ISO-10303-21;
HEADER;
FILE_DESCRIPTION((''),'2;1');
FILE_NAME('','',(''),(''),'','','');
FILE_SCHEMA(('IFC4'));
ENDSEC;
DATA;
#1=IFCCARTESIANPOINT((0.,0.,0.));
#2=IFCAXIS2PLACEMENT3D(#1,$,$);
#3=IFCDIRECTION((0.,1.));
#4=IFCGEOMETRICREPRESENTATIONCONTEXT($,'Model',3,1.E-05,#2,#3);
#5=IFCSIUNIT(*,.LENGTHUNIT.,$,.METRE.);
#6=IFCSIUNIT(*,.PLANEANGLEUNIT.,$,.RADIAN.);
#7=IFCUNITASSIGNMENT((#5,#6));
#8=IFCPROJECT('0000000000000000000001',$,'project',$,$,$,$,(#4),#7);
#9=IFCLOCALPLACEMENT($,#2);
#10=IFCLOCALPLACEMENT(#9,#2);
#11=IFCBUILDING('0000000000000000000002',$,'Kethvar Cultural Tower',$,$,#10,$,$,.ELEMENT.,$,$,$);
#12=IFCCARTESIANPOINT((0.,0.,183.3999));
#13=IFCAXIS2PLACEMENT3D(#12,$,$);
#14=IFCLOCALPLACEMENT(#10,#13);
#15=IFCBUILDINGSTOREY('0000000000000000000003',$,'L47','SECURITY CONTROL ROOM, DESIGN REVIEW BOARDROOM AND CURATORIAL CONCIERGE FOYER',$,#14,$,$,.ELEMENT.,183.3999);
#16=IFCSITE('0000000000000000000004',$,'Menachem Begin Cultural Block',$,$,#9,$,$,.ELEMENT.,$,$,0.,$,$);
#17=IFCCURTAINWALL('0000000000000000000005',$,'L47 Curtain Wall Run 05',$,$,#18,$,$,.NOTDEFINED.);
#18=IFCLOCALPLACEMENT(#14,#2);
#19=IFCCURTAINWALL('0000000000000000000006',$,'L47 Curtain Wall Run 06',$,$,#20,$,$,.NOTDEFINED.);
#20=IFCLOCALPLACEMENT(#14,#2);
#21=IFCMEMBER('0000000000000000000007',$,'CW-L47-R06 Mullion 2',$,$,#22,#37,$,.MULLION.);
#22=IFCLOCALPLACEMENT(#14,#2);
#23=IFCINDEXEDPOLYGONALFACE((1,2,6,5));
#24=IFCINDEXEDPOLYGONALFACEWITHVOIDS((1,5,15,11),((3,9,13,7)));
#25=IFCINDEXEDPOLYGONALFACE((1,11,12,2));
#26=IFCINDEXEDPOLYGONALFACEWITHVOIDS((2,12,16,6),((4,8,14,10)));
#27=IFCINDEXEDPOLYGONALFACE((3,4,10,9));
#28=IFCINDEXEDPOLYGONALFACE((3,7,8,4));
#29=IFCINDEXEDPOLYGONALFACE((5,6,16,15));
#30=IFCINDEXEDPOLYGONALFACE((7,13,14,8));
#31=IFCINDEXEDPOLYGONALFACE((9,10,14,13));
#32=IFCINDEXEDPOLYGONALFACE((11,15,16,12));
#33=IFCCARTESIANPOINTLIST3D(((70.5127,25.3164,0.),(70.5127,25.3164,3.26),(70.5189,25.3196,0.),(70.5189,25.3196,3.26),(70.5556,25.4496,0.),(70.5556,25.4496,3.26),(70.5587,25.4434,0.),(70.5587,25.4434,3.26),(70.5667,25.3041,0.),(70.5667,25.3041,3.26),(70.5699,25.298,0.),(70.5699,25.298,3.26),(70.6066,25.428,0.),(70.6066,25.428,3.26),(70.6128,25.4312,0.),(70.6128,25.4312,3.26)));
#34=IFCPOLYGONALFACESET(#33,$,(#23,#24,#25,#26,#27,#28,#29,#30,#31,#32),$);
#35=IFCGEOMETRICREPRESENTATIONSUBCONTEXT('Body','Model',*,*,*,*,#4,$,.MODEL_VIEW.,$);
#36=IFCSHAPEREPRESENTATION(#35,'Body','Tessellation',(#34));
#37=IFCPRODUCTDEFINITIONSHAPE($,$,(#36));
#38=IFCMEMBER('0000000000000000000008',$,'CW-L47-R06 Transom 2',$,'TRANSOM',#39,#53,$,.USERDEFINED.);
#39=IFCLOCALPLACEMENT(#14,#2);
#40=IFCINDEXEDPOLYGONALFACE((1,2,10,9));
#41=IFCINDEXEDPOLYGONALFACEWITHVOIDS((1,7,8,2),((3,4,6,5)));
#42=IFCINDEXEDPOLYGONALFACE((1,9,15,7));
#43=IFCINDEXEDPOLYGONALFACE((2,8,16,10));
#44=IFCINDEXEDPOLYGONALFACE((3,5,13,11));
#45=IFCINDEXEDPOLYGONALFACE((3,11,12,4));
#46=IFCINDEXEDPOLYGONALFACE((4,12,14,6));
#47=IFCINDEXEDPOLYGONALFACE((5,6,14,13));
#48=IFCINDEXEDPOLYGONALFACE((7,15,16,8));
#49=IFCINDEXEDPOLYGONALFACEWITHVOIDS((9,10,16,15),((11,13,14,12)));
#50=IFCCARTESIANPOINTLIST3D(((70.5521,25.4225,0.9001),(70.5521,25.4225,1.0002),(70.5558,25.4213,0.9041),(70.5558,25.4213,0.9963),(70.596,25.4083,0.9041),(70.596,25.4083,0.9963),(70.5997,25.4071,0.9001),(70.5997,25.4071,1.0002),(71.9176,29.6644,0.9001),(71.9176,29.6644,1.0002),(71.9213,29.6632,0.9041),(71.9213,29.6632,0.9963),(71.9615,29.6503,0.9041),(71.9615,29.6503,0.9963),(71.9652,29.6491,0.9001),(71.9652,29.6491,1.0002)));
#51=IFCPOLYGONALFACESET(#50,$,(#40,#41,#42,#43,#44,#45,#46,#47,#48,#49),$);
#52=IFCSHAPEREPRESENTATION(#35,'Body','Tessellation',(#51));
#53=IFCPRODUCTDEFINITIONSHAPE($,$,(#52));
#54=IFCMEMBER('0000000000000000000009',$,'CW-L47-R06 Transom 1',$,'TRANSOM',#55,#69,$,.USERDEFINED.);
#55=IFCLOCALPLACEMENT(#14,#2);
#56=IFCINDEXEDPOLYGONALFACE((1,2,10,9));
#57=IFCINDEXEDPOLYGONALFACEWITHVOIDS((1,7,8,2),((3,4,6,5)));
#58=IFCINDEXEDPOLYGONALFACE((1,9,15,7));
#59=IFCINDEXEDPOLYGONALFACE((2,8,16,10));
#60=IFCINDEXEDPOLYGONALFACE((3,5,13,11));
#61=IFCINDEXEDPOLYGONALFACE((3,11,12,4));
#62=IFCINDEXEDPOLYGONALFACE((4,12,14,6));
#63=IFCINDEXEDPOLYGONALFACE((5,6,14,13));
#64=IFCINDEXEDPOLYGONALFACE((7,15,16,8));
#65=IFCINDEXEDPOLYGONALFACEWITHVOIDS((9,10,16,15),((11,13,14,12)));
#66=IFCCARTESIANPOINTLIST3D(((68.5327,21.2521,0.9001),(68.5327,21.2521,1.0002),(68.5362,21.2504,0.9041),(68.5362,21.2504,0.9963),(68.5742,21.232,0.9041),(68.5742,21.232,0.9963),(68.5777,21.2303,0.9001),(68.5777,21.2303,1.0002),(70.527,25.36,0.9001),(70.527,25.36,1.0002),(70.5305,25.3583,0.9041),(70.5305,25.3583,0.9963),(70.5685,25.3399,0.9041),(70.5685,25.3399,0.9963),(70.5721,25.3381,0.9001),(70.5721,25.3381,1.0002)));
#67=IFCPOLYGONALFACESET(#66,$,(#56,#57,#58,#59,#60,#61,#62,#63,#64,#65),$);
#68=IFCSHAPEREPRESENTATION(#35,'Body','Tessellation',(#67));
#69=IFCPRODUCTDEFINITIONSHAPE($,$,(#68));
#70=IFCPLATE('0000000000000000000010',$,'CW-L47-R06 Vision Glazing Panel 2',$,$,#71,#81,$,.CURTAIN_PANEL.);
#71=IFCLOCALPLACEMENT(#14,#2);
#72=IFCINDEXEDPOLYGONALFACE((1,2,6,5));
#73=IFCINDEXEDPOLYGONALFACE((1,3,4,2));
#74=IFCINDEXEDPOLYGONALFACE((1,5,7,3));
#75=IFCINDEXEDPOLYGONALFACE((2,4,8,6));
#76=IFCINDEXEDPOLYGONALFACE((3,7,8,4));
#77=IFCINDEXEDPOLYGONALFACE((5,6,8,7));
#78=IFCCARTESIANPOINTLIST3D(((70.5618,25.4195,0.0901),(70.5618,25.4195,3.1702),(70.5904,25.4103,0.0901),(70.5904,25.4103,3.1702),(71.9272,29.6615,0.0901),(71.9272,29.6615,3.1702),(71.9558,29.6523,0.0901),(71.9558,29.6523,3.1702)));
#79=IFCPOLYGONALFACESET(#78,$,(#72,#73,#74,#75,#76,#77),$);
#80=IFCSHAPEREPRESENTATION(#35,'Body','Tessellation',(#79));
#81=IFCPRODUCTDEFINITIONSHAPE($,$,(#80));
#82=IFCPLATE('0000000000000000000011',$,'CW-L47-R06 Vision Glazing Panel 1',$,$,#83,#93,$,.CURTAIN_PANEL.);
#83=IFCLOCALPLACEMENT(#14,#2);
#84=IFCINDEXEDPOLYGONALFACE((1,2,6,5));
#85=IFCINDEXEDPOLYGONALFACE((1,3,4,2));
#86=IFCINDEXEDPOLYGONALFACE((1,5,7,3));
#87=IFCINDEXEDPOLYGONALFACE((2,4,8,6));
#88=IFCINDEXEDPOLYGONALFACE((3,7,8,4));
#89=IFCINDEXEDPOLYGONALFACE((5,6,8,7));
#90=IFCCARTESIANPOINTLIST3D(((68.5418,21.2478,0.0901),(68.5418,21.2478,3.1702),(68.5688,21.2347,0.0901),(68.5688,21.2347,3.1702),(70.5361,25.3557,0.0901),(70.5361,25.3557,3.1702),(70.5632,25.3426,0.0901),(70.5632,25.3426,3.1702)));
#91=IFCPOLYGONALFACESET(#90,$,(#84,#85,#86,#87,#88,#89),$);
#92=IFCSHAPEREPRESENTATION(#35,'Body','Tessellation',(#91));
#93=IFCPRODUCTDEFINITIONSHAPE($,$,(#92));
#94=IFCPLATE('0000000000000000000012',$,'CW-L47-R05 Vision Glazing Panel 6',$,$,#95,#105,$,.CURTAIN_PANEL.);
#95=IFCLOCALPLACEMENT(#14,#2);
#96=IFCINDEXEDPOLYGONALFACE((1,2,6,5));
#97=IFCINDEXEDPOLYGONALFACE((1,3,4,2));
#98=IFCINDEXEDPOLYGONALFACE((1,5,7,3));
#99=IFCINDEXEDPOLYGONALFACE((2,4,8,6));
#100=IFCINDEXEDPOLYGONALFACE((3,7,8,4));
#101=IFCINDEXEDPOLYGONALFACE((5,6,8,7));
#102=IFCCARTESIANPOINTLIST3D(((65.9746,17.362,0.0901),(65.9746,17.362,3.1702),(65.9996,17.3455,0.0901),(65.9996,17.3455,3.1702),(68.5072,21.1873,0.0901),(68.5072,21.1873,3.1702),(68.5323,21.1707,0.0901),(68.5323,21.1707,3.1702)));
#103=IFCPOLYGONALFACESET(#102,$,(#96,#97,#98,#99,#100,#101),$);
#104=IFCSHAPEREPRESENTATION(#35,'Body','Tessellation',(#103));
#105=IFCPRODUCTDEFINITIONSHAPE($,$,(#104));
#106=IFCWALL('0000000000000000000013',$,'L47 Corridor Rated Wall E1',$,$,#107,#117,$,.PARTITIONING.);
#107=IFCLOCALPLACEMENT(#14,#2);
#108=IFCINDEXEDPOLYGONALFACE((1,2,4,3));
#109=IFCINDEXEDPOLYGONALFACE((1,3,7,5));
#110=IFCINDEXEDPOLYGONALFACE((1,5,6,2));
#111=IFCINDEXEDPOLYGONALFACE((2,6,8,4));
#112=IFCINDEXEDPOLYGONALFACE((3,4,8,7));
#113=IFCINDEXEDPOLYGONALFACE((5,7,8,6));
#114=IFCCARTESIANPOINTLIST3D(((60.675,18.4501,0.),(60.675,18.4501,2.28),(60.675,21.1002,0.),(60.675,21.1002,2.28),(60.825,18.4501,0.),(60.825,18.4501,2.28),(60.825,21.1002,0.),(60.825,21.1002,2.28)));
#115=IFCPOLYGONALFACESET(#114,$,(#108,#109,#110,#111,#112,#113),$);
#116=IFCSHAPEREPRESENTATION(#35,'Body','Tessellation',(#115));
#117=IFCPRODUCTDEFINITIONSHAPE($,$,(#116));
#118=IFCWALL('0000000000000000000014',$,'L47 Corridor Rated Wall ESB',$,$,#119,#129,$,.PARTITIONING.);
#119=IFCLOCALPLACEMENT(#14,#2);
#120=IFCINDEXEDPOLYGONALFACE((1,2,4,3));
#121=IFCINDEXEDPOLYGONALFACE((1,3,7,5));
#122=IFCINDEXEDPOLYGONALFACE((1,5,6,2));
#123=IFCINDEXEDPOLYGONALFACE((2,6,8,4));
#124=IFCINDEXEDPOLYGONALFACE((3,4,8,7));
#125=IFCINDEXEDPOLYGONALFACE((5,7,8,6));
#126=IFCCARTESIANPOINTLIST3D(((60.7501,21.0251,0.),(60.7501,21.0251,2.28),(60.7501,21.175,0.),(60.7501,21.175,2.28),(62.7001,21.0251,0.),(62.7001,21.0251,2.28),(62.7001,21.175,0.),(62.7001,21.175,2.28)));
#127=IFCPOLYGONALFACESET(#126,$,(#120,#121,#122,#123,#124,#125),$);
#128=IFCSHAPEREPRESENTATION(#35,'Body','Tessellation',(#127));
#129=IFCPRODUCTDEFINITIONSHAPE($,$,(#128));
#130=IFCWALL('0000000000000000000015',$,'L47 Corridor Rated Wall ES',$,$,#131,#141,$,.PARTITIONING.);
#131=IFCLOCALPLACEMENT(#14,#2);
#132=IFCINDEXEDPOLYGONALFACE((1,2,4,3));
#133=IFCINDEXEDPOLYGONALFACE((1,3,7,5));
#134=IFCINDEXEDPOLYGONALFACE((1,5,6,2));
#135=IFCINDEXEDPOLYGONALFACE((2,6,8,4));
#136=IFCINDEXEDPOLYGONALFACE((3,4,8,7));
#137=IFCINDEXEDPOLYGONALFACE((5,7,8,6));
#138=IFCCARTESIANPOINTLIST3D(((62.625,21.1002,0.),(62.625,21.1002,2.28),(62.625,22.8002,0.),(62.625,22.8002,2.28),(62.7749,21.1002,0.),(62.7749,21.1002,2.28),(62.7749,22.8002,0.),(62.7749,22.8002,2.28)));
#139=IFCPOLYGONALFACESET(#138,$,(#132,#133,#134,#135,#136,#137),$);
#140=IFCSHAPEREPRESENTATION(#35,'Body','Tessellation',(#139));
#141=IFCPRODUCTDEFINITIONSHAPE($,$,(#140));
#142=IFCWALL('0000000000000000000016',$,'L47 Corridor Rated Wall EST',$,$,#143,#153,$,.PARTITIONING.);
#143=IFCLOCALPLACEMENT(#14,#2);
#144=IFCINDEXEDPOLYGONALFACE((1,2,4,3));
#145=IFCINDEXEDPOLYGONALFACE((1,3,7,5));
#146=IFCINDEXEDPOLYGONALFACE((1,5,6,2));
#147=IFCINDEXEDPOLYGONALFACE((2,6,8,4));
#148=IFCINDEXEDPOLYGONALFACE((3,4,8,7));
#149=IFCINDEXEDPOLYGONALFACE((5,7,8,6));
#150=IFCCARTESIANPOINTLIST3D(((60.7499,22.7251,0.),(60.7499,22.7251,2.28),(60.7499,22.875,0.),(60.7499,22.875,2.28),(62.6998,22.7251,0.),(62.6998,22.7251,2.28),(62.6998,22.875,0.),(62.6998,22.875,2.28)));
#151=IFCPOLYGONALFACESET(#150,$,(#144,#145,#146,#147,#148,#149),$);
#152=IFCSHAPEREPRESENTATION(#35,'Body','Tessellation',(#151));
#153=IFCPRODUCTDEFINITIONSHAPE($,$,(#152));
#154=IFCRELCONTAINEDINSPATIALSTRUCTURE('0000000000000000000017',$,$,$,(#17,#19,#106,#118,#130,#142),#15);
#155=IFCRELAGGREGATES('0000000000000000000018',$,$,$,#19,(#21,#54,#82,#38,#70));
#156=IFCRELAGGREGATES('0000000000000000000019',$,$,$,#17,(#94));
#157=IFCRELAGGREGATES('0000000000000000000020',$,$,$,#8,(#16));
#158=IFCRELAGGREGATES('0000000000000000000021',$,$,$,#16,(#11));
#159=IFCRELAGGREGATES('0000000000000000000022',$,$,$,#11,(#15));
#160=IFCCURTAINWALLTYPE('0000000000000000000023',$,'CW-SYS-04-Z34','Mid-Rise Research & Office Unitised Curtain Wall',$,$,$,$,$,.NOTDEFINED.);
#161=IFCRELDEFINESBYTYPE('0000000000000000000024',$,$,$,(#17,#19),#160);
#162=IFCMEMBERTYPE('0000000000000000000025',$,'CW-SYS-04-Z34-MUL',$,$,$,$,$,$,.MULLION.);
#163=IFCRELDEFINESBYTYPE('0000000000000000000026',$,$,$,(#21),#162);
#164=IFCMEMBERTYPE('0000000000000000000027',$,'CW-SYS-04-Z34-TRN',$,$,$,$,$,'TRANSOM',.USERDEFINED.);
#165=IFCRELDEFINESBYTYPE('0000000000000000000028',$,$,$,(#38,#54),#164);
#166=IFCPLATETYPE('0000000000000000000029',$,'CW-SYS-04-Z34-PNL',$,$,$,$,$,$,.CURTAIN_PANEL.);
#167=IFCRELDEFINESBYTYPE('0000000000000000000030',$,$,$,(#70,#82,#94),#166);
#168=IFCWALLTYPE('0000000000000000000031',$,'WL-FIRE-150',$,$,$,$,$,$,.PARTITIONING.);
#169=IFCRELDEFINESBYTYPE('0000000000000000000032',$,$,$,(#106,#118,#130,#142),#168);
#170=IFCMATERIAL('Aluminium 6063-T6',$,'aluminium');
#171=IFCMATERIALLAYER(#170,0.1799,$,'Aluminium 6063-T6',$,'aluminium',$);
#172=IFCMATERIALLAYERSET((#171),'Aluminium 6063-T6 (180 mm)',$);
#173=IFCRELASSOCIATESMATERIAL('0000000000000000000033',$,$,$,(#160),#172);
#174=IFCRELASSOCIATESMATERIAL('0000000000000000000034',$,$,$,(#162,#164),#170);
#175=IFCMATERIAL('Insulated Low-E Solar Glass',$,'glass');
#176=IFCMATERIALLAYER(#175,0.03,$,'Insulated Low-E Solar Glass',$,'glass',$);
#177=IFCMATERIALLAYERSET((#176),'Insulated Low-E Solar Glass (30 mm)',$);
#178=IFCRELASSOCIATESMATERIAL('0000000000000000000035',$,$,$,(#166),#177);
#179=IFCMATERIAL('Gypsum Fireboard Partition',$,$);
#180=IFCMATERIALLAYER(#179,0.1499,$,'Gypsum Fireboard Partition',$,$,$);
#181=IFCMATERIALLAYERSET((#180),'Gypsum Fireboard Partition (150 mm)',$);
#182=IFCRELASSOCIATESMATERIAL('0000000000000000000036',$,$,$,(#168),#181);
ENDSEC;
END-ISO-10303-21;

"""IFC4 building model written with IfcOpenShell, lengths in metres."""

from ifc_helpers import new_model, si_unit, direction, frame, frame_2d, origin, origin_2d, place, context, subcontext, project, spatial, rectangle, hollow_rectangle, extrude, source, transform, mapped, material, layer, layer_set, material_profile, profile_set, type_object, element, aggregate, save


model = new_model("IFC4")

# Units and contexts
model_context = context("Model", 3, precision=1e-05, world=origin(), true_north=direction((0.0, 1.0)))
body_context = subcontext(model_context, "Body", "Model", "MODEL_VIEW")
ifc_project = project(units=[si_unit("LENGTHUNIT", "METRE"), si_unit("PLANEANGLEUNIT", "RADIAN")], contexts=[model_context])

# Site, building, storey
site_placement = place(None, origin())
site = spatial("IfcSite", under=ifc_project, at=site_placement, Name="Menachem Begin Cultural Block", CompositionType="ELEMENT", RefElevation=0.0)
building_placement = place(site_placement, origin())
building = spatial("IfcBuilding", under=site, at=building_placement, Name="Kethvar Cultural Tower", CompositionType="ELEMENT")
storey_placement = place(building_placement, frame((0.0, 0.0, 183.3999)))
storey = spatial("IfcBuildingStorey", under=building, at=storey_placement, Name="L47", Description="SECURITY CONTROL ROOM, DESIGN REVIEW BOARDROOM AND CURATORIAL CONCIERGE FOYER", CompositionType="ELEMENT", Elevation=183.3999)

# Curtain wall
ifc_material_1 = material(Name="Aluminium 6063-T6", Category="aluminium")
ifc_layer_1 = layer(ifc_material_1, 0.1799, Name="Aluminium 6063-T6", Category="aluminium")
ifc_layer_set_1 = layer_set([ifc_layer_1], Name="Aluminium 6063-T6 (180 mm)")
curtain_wall_type = type_object("IfcCurtainWallType", Name="CW-SYS-04-Z34", Description="Mid-Rise Research & Office Unitised Curtain Wall", PredefinedType="NOTDEFINED", material=ifc_layer_set_1)
curtain_wall_1_placement = place(storey_placement, origin())
curtain_wall_1 = element("IfcCurtainWall", 1, at=curtain_wall_1_placement, inside=storey, type_object=curtain_wall_type, Name="L47 Curtain Wall Run 05", PredefinedType="NOTDEFINED")
ifc_material_profile_1 = material_profile(ifc_material_1, hollow_rectangle(XDim=0.0601, YDim=0.1399, WallThickness=0.0049, at=origin_2d()), Name="Aluminium 6063-T6 — RHS140x60x5")
ifc_profile_set_1 = profile_set([ifc_material_profile_1], Name="Aluminium 6063-T6 — RHS140x60x5")
member_type_1 = type_object("IfcMemberType", Name="CW-SYS-04-Z34-MUL", PredefinedType="MULLION", material=ifc_profile_set_1)
shared_shape_1 = source(origin(), body_context, "Body", "SweptSolid", [
    extrude(hollow_rectangle(XDim=0.0601, YDim=0.1399, WallThickness=0.0049, at=origin_2d()), origin(), (0.0, 0.0, 1.0), 3.26),
])

# Curtain wall, members, plates
curtain_wall_2_placement = place(storey_placement, origin())
curtain_wall_2 = element("IfcCurtainWall", 2, at=curtain_wall_2_placement, inside=storey, type_object=curtain_wall_type, Name="L47 Curtain Wall Run 06", PredefinedType="NOTDEFINED")
member_1_placement = place(storey_placement, frame((70.5627, 25.3738, 0.0), z_axis=(0.0, 0.0, 1.0), x_axis=(-0.9519, 0.30641, 0.0)))
member_1 = element("IfcMember", 3, at=member_1_placement, type_object=member_type_1, Name="CW-L47-R06 Mullion 2", PredefinedType="MULLION", context=body_context, shape_type="MappedRepresentation", body=[
    mapped(shared_shape_1, transform((0.0, 0.0, 0.0), scale=1.0)),
])
ifc_material_profile_2 = material_profile(ifc_material_1, hollow_rectangle(XDim=0.05, YDim=0.1001, WallThickness=0.0039, at=origin_2d()), Name="Aluminium 6063-T6 — RHS100x50x4")
ifc_profile_set_2 = profile_set([ifc_material_profile_2], Name="Aluminium 6063-T6 — RHS100x50x4")
member_type_2 = type_object("IfcMemberType", Name="CW-SYS-04-Z34-TRN", ElementType="TRANSOM", PredefinedType="USERDEFINED", material=ifc_profile_set_2)
shared_shape_2 = source(origin(), body_context, "Body", "SweptSolid", [
    extrude(hollow_rectangle(XDim=0.05, YDim=0.1001, WallThickness=0.0039, at=origin_2d()), origin(), (0.0, 0.0, 1.0), 4.4563),
])
member_2_placement = place(storey_placement, frame((70.5759, 25.4148, 0.9502), z_axis=(0.306415, 0.951898, 0.0), x_axis=(-0.951898, 0.306415, 0.0)))
member_2 = element("IfcMember", 4, at=member_2_placement, type_object=member_type_2, Name="CW-L47-R06 Transom 2", ObjectType="TRANSOM", PredefinedType="USERDEFINED", context=body_context, shape_type="MappedRepresentation", body=[
    mapped(shared_shape_2, transform((0.0, 0.0, 0.0), scale=1.0)),
])
shared_shape_3 = source(origin(), body_context, "Body", "SweptSolid", [
    extrude(hollow_rectangle(XDim=0.05, YDim=0.1001, WallThickness=0.0039, at=origin_2d()), origin(), (0.0, 0.0, 1.0), 4.5664),
])
member_3_placement = place(storey_placement, frame((68.5552, 21.2412, 0.9502), z_axis=(0.436747, 0.899584, 0.0), x_axis=(-0.899584, 0.436747, 0.0)))
member_3 = element("IfcMember", 5, at=member_3_placement, type_object=member_type_2, Name="CW-L47-R06 Transom 1", ObjectType="TRANSOM", PredefinedType="USERDEFINED", context=body_context, shape_type="MappedRepresentation", body=[
    mapped(shared_shape_3, transform((0.0, 0.0, 0.0), scale=1.0)),
])
ifc_material_2 = material(Name="Insulated Low-E Solar Glass", Category="glass")
ifc_layer_2 = layer(ifc_material_2, 0.03, Name="Insulated Low-E Solar Glass", Category="glass")
ifc_layer_set_2 = layer_set([ifc_layer_2], Name="Insulated Low-E Solar Glass (30 mm)")
plate_type = type_object("IfcPlateType", Name="CW-SYS-04-Z34-PNL", PredefinedType="CURTAIN_PANEL", material=ifc_layer_set_2)
shared_shape_4 = source(origin(), body_context, "Body", "SweptSolid", [
    extrude(rectangle(XDim=4.4563, YDim=0.03, at=origin_2d()), origin(), (0.0, 0.0, 1.0), 3.0801),
])
plate_1_placement = place(storey_placement, frame((71.2588, 27.5359, 0.0901), z_axis=(0.0, 0.0, 1.0), x_axis=(0.30641, 0.9519, 0.0)))
plate_1 = element("IfcPlate", 6, at=plate_1_placement, type_object=plate_type, Name="CW-L47-R06 Vision Glazing Panel 2", PredefinedType="CURTAIN_PANEL", context=body_context, shape_type="MappedRepresentation", body=[
    mapped(shared_shape_4, transform((0.0, 0.0, 0.0), scale=1.0)),
])
shared_shape_5 = source(origin(), body_context, "Body", "SweptSolid", [
    extrude(rectangle(XDim=4.5664, YDim=0.03, at=origin_2d()), origin(), (0.0, 0.0, 1.0), 3.0801),
])
plate_2_placement = place(storey_placement, frame((69.5525, 23.2952, 0.0901), z_axis=(0.0, 0.0, 1.0), x_axis=(0.436739, 0.899588, 0.0)))
plate_2 = element("IfcPlate", 7, at=plate_2_placement, type_object=plate_type, Name="CW-L47-R06 Vision Glazing Panel 1", PredefinedType="CURTAIN_PANEL", context=body_context, shape_type="MappedRepresentation", body=[
    mapped(shared_shape_5, transform((0.0, 0.0, 0.0), scale=1.0)),
])
aggregate(curtain_wall_2, [member_1, member_3, plate_2, member_2, plate_1])

# Plate
shared_shape_6 = source(origin(), body_context, "Body", "SweptSolid", [
    extrude(rectangle(XDim=4.5876, YDim=0.03, at=origin_2d()), origin(), (0.0, 0.0, 1.0), 3.0801),
])
plate_3_placement = place(storey_placement, frame((67.2534, 19.2664, 0.0901), z_axis=(0.0, 0.0, 1.0), x_axis=(0.552053, 0.833809, 0.0)))
plate_3 = element("IfcPlate", 8, at=plate_3_placement, type_object=plate_type, Name="CW-L47-R05 Vision Glazing Panel 6", PredefinedType="CURTAIN_PANEL", context=body_context, shape_type="MappedRepresentation", body=[
    mapped(shared_shape_6, transform((0.0, 0.0, 0.0), scale=1.0)),
])
aggregate(curtain_wall_1, [plate_3])

# Walls
ifc_material_3 = material(Name="Gypsum Fireboard Partition")
ifc_layer_3 = layer(ifc_material_3, 0.1499, Name="Gypsum Fireboard Partition")
ifc_layer_set_3 = layer_set([ifc_layer_3], Name="Gypsum Fireboard Partition (150 mm)")
wall_type_1 = type_object("IfcWallType", Name="WL-FIRE-150", PredefinedType="PARTITIONING", material=ifc_layer_set_3)
wall_1_placement = place(storey_placement, frame((60.75, 18.45, 0.0), z_axis=(0.0, 0.0, 1.0), x_axis=(0.0, 1.0, 0.0)))
element("IfcWall", 9, at=wall_1_placement, inside=storey, type_object=wall_type_1, Name="L47 Corridor Rated Wall E1", PredefinedType="PARTITIONING", context=body_context, shape_type="SweptSolid", body=[
    extrude(rectangle(XDim=2.6501, YDim=0.1499, at=frame_2d((1.3252, 0.0))), origin(), (0.0, 0.0, 1.0), 2.28),
])
wall_2_placement = place(storey_placement, frame((60.75, 21.1001, 0.0), z_axis=(0.0, 0.0, 1.0), x_axis=(1.0, 0.0, 0.0)))
element("IfcWall", 10, at=wall_2_placement, inside=storey, type_object=wall_type_1, Name="L47 Corridor Rated Wall ESB", PredefinedType="PARTITIONING", context=body_context, shape_type="SweptSolid", body=[
    extrude(rectangle(XDim=1.95, YDim=0.1499, at=frame_2d((0.9751, 0.0))), origin(), (0.0, 0.0, 1.0), 2.28),
])
wall_3_placement = place(storey_placement, frame((62.7, 21.1001, 0.0), z_axis=(0.0, 0.0, 1.0), x_axis=(0.0, 1.0, 0.0)))
element("IfcWall", 11, at=wall_3_placement, inside=storey, type_object=wall_type_1, Name="L47 Corridor Rated Wall ES", PredefinedType="PARTITIONING", context=body_context, shape_type="SweptSolid", body=[
    extrude(rectangle(XDim=1.7, YDim=0.1499, at=frame_2d((0.8501, 0.0))), origin(), (0.0, 0.0, 1.0), 2.28),
])
wall_4_placement = place(storey_placement, frame((62.7, 22.8, 0.0), z_axis=(0.0, 0.0, 1.0), x_axis=(-1.0, 0.0, 0.0)))
element("IfcWall", 12, at=wall_4_placement, inside=storey, type_object=wall_type_1, Name="L47 Corridor Rated Wall EST", PredefinedType="PARTITIONING", context=body_context, shape_type="SweptSolid", body=[
    extrude(rectangle(XDim=1.95, YDim=0.1499, at=frame_2d((0.9751, 0.0))), origin(), (0.0, 0.0, 1.0), 2.28),
])

save(model, "model.ifc")
